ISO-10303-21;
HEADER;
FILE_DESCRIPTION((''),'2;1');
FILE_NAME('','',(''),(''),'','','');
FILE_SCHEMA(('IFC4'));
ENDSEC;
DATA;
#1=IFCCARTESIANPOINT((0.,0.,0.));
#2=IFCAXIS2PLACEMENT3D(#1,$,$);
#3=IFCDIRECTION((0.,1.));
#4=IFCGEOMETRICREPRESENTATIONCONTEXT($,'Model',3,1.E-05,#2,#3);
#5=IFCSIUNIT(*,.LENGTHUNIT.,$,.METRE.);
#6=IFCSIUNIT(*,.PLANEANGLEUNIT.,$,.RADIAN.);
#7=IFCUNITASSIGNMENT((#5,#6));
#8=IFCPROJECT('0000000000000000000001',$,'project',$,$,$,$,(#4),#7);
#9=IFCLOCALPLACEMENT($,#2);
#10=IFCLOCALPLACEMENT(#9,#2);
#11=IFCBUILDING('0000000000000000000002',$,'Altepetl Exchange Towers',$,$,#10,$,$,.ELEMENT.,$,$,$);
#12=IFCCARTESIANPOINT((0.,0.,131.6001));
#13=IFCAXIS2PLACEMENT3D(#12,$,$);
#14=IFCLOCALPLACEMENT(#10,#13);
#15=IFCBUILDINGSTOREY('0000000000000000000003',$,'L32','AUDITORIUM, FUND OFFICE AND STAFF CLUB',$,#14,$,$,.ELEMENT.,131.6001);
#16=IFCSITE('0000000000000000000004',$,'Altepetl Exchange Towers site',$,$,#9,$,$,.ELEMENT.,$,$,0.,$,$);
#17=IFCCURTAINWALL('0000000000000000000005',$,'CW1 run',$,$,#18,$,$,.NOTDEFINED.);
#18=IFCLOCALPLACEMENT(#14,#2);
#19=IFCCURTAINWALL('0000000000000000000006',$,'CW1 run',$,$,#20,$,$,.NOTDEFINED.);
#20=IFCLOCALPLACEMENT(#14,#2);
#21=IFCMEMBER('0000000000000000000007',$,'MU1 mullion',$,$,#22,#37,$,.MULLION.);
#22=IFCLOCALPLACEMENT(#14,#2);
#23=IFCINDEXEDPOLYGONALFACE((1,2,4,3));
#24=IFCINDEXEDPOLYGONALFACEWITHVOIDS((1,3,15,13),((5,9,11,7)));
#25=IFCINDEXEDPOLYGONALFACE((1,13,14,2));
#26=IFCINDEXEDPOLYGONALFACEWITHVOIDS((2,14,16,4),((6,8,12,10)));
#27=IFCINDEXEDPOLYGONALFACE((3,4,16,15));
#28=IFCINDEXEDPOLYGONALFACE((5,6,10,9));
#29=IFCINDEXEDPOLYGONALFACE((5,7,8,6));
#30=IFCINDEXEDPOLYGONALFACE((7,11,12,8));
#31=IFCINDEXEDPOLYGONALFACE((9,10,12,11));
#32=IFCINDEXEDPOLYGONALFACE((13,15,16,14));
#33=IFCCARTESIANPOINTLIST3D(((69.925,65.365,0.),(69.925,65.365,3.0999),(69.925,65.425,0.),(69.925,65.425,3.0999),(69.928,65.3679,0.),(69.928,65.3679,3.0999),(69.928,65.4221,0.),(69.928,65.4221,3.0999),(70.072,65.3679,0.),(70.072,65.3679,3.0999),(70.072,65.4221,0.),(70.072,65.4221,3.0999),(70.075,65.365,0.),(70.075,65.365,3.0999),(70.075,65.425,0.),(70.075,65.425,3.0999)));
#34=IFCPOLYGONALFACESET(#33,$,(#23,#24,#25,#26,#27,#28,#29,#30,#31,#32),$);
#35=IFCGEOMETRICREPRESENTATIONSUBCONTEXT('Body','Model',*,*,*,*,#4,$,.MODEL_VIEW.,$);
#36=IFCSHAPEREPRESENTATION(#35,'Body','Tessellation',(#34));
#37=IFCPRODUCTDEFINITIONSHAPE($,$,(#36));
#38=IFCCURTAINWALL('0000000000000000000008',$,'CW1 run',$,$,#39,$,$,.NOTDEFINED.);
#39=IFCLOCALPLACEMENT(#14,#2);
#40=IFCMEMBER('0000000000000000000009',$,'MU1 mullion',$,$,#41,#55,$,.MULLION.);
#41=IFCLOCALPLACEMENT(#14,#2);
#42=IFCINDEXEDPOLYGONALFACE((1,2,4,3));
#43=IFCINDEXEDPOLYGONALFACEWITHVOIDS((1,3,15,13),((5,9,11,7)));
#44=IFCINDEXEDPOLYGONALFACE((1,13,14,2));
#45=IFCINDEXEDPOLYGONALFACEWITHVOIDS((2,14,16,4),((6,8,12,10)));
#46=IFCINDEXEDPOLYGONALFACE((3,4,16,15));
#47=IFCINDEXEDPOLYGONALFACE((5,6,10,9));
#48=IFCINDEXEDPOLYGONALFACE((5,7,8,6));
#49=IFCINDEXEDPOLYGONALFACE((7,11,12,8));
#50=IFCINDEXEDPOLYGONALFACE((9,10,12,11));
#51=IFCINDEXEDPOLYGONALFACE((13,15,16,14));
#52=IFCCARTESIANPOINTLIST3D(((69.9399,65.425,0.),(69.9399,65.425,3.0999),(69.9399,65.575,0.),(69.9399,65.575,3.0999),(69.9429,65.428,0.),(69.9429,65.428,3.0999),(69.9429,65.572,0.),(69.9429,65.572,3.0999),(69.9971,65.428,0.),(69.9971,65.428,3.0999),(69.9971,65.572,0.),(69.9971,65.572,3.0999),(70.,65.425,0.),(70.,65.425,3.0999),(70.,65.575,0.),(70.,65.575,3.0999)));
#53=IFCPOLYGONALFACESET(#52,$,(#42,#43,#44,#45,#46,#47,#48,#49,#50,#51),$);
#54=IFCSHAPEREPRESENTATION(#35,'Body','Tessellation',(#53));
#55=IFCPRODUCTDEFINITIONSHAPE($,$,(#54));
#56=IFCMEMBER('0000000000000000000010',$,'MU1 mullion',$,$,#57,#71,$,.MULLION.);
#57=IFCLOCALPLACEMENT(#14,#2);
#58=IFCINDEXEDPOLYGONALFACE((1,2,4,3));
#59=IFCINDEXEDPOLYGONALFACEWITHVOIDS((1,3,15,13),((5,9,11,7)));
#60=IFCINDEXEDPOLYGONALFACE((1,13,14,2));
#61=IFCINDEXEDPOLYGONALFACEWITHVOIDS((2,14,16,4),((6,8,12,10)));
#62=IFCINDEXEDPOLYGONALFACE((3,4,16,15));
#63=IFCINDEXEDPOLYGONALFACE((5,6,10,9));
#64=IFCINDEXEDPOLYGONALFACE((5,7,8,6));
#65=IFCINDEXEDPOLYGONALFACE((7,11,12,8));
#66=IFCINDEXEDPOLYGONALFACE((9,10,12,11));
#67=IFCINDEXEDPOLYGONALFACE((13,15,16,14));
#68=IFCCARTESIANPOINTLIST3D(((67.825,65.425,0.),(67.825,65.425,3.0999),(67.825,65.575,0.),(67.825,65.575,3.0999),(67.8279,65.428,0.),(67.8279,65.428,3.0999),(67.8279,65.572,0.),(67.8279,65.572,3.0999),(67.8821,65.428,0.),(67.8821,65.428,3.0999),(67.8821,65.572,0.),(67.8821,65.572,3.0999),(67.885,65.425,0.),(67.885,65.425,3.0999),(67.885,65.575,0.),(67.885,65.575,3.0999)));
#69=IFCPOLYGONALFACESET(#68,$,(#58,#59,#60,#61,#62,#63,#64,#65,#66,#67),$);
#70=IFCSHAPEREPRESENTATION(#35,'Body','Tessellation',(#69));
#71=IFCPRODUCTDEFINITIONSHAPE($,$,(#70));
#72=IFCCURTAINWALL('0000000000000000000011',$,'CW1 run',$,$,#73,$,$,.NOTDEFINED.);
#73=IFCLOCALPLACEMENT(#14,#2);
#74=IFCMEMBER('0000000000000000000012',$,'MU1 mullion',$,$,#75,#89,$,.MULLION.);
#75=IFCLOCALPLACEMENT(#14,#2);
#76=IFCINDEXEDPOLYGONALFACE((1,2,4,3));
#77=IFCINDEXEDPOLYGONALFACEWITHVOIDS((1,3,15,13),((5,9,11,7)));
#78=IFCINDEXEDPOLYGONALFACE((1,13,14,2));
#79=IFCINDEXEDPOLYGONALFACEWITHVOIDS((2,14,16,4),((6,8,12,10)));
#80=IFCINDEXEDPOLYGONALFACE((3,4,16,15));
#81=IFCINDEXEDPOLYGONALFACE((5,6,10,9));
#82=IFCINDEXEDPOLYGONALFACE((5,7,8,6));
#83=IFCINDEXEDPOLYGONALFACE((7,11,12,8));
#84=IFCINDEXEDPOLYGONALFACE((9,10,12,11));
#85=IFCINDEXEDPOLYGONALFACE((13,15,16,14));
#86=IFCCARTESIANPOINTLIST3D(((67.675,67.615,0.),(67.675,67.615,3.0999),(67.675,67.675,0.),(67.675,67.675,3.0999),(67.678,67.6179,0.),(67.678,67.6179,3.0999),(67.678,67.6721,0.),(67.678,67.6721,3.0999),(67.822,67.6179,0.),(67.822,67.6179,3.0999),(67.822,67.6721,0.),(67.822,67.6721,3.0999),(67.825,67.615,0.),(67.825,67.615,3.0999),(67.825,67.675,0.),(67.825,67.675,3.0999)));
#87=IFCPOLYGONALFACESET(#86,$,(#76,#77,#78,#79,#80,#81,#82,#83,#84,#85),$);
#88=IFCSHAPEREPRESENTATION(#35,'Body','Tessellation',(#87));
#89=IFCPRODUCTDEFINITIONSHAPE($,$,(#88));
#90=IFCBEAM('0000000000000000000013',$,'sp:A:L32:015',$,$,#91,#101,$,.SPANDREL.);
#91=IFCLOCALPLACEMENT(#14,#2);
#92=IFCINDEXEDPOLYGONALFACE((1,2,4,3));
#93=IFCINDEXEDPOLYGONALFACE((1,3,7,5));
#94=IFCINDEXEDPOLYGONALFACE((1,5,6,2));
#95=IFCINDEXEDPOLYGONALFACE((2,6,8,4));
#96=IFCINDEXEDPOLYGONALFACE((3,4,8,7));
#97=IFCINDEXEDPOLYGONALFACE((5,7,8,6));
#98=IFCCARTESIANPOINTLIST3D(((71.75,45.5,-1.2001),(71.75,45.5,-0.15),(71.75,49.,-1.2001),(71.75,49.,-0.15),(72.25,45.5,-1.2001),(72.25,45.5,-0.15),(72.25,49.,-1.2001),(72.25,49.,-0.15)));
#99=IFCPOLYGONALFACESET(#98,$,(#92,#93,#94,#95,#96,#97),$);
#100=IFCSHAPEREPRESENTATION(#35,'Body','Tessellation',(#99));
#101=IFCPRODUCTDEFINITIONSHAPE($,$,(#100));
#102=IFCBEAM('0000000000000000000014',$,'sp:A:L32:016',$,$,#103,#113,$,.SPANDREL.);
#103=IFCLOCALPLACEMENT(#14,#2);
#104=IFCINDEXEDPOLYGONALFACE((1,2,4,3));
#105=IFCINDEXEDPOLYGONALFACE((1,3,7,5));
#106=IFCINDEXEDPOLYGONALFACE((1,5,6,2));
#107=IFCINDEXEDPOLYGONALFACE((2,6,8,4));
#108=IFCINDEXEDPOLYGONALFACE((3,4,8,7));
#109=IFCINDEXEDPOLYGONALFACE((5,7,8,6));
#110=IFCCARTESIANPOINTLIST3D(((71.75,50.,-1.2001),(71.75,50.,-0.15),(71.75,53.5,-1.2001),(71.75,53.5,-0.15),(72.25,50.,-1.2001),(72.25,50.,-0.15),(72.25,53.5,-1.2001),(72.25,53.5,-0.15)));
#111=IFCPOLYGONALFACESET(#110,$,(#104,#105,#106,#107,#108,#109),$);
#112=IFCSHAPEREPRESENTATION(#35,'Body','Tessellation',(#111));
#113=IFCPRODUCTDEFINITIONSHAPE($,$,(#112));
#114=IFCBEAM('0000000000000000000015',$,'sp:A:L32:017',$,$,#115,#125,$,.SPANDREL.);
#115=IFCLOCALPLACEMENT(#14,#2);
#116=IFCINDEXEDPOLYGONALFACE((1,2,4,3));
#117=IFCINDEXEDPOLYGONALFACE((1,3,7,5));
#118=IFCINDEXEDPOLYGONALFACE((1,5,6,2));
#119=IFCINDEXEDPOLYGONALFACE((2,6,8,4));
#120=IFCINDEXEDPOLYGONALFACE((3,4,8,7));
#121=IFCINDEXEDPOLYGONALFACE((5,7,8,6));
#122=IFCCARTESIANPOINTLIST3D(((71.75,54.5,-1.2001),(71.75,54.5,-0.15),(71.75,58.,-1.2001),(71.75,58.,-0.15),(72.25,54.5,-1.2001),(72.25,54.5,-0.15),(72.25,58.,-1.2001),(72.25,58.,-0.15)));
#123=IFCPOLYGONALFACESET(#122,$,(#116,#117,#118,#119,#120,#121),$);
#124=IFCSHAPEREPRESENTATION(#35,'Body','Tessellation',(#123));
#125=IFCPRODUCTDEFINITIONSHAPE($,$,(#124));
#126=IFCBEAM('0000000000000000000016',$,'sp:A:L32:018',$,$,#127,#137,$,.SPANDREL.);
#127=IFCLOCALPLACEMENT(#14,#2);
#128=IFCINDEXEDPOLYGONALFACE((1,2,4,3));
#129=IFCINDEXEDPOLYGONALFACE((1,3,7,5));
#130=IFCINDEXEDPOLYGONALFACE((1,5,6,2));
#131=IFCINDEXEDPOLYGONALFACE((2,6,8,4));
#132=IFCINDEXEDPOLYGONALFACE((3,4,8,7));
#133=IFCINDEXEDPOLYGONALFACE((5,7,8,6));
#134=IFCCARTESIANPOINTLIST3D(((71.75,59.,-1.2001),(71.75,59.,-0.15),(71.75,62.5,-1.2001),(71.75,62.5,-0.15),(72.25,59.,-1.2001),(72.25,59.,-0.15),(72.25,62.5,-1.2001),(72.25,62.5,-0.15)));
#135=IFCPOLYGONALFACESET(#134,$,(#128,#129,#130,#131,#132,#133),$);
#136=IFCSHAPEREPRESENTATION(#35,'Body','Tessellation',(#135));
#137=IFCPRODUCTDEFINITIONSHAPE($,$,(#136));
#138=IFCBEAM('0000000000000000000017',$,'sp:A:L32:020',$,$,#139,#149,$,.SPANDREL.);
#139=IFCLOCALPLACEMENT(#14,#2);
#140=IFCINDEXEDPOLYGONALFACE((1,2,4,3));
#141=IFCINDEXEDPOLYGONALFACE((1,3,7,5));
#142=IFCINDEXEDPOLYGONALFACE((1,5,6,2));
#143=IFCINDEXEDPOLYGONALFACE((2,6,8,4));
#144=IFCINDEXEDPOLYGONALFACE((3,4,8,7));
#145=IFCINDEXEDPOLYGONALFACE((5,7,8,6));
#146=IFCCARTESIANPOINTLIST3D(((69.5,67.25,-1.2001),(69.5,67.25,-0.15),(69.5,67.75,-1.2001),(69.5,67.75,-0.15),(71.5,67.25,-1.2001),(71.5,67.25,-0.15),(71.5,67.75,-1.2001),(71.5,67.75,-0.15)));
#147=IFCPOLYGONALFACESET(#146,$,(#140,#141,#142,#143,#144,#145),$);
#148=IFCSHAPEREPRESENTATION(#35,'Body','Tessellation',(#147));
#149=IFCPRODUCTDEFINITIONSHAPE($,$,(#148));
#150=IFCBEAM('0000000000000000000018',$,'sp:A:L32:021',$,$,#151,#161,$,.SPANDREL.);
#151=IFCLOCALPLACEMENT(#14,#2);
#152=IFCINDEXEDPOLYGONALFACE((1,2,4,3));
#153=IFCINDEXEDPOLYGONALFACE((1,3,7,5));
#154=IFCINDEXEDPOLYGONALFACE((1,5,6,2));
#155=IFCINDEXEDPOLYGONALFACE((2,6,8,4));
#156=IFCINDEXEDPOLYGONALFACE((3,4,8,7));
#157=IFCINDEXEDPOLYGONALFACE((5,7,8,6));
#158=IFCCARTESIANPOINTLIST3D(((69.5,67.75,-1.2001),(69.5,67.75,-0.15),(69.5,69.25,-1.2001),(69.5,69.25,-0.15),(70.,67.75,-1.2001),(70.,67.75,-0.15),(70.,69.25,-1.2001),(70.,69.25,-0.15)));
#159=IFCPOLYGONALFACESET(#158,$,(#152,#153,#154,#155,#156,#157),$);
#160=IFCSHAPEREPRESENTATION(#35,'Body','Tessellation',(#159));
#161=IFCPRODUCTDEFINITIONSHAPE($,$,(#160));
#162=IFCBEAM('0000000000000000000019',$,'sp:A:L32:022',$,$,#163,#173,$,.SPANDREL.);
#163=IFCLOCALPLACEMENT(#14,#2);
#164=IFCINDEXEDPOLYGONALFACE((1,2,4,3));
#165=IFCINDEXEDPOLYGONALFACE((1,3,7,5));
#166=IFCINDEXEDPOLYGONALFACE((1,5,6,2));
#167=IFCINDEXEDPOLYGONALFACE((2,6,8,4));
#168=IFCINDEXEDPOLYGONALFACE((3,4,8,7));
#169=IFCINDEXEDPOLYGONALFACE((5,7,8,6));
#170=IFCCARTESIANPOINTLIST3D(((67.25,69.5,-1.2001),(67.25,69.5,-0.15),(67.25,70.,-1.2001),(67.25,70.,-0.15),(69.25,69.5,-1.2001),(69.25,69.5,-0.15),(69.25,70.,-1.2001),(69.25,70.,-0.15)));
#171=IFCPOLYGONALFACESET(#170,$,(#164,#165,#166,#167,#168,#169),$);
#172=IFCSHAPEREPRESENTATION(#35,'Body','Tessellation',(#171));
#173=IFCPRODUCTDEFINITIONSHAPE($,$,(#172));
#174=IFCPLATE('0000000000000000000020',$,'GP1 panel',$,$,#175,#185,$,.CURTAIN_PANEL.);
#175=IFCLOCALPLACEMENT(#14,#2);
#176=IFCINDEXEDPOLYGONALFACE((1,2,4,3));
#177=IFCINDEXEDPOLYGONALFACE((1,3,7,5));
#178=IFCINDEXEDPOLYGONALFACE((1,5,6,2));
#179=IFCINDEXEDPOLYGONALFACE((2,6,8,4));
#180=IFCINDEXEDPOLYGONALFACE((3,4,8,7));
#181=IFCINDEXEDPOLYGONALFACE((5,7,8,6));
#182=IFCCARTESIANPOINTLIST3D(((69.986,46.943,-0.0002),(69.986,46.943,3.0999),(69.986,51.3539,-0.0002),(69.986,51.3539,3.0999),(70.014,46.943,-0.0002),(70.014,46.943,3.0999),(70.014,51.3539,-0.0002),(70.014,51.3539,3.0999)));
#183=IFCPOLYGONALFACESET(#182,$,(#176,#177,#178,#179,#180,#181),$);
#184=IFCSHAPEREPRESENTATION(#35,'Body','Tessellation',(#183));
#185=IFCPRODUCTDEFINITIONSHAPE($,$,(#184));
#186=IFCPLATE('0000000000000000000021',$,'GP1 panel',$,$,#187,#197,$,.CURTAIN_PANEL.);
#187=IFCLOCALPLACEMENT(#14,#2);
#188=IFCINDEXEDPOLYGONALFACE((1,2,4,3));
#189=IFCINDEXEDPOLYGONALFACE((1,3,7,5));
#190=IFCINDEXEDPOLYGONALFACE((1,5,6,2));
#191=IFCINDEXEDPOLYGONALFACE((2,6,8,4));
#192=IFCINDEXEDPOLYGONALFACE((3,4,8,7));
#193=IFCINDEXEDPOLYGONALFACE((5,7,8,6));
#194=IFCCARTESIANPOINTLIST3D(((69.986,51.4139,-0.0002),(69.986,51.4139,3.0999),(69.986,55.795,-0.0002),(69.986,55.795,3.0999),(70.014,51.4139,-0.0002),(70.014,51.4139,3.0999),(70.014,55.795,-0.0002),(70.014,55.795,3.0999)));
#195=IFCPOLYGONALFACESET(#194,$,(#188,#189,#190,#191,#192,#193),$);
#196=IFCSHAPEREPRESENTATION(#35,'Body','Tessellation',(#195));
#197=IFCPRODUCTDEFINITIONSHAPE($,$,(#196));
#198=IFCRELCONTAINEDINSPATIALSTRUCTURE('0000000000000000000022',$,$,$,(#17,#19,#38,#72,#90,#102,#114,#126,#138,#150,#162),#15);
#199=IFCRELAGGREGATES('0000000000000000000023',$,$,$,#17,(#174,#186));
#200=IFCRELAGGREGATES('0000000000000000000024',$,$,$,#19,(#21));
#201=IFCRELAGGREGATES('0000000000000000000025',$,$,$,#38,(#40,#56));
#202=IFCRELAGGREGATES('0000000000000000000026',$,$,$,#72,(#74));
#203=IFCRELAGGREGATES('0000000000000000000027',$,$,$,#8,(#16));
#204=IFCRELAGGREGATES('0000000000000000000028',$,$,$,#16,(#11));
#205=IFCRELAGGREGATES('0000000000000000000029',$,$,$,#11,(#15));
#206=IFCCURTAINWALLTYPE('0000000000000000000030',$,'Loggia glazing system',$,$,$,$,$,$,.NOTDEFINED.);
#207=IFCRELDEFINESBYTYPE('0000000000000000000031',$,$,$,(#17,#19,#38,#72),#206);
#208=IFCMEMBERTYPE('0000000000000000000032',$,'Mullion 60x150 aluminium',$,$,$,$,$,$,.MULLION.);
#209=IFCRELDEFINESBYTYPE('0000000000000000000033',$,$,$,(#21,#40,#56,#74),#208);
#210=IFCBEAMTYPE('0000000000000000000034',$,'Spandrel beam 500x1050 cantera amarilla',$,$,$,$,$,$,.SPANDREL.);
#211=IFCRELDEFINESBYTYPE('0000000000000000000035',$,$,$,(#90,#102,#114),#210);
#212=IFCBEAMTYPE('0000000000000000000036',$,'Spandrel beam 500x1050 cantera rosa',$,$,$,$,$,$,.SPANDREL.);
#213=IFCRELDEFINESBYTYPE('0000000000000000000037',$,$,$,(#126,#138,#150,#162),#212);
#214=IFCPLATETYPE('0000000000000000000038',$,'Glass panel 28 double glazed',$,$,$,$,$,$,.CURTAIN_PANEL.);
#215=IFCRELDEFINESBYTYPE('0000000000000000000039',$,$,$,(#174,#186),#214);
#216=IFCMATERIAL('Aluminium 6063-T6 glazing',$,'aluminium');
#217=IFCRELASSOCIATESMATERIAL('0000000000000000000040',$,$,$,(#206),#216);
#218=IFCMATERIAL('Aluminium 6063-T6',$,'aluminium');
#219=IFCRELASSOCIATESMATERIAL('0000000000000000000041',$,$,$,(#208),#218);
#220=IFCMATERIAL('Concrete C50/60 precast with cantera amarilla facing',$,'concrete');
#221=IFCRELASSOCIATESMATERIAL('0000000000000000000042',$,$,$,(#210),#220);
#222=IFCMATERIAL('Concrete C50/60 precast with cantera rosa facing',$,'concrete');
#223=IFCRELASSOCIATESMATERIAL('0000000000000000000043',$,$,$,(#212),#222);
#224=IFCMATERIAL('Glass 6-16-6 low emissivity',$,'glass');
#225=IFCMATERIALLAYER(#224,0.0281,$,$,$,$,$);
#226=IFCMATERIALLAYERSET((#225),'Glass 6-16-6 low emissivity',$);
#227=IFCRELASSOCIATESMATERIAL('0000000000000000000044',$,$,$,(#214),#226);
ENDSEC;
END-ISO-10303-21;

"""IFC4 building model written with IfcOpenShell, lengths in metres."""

from ifc_helpers import new_model, si_unit, direction, frame, origin, origin_2d, place, context, subcontext, project, spatial, rectangle, hollow_rectangle, extrude, material, layer, layer_set, material_profile, profile_set, type_object, element, aggregate, save


model = new_model("IFC4")

# Units and contexts
model_context = context("Model", 3, precision=1e-05, world=origin(), true_north=direction((0.0, 1.0)))
body_context = subcontext(model_context, "Body", "Model", "MODEL_VIEW")
ifc_project = project(units=[si_unit("LENGTHUNIT", "METRE"), si_unit("PLANEANGLEUNIT", "RADIAN")], contexts=[model_context])

# Site, building, storey
site_placement = place(None, origin())
site = spatial("IfcSite", under=ifc_project, at=site_placement, Name="Altepetl Exchange Towers site", CompositionType="ELEMENT", RefElevation=0.0)
building_placement = place(site_placement, origin())
building = spatial("IfcBuilding", under=site, at=building_placement, Name="Altepetl Exchange Towers", CompositionType="ELEMENT")
storey_placement = place(building_placement, frame((0.0, 0.0, 131.6001)))
storey = spatial("IfcBuildingStorey", under=building, at=storey_placement, Name="L32", Description="AUDITORIUM, FUND OFFICE AND STAFF CLUB", CompositionType="ELEMENT", Elevation=131.6001)

# Curtain walls, members
ifc_material_1 = material(Name="Aluminium 6063-T6 glazing", Category="aluminium")
curtain_wall_type = type_object("IfcCurtainWallType", Name="Loggia glazing system", PredefinedType="NOTDEFINED", material=ifc_material_1)
curtain_wall_1_placement = place(storey_placement, origin())
curtain_wall_1 = element("IfcCurtainWall", 1, at=curtain_wall_1_placement, inside=storey, type_object=curtain_wall_type, Name="CW1 run", PredefinedType="NOTDEFINED")
ifc_material_2 = material(Name="Aluminium 6063-T6", Category="aluminium")
ifc_material_profile_1 = material_profile(ifc_material_2, hollow_rectangle(XDim=0.0601, YDim=0.1499, WallThickness=0.0029, at=origin_2d()), Name="Mullion 60x150 aluminium")
ifc_profile_set_1 = profile_set([ifc_material_profile_1], Name="Aluminium 6063-T6")
member_type = type_object("IfcMemberType", Name="Mullion 60x150 aluminium", PredefinedType="MULLION", material=ifc_profile_set_1)
curtain_wall_2_placement = place(storey_placement, origin())
curtain_wall_2 = element("IfcCurtainWall", 2, at=curtain_wall_2_placement, inside=storey, type_object=curtain_wall_type, Name="CW1 run", PredefinedType="NOTDEFINED")
member_1_placement = place(storey_placement, frame((70.0, 65.395, 0.0), z_axis=(0.0, 0.0, 1.0), x_axis=(0.0, 1.0, 0.0)))
member_1 = element("IfcMember", 3, at=member_1_placement, type_object=member_type, Name="MU1 mullion", PredefinedType="MULLION", context=body_context, shape_type="SweptSolid", body=[
    extrude(hollow_rectangle(XDim=0.0601, YDim=0.1499, WallThickness=0.0029, at=origin_2d()), origin(), (0.0, 0.0, 1.0), 3.0999),
])
curtain_wall_3_placement = place(storey_placement, origin())
curtain_wall_3 = element("IfcCurtainWall", 4, at=curtain_wall_3_placement, inside=storey, type_object=curtain_wall_type, Name="CW1 run", PredefinedType="NOTDEFINED")
member_2_placement = place(storey_placement, frame((69.97, 65.5, 0.0), z_axis=(0.0, 0.0, 1.0), x_axis=(-1.0, 0.0, 0.0)))
member_2 = element("IfcMember", 5, at=member_2_placement, type_object=member_type, Name="MU1 mullion", PredefinedType="MULLION", context=body_context, shape_type="SweptSolid", body=[
    extrude(hollow_rectangle(XDim=0.0601, YDim=0.1499, WallThickness=0.0029, at=origin_2d()), origin(), (0.0, 0.0, 1.0), 3.0999),
])
member_3_placement = place(storey_placement, frame((67.855, 65.5, 0.0), z_axis=(0.0, 0.0, 1.0), x_axis=(-1.0, 0.0, 0.0)))
member_3 = element("IfcMember", 6, at=member_3_placement, type_object=member_type, Name="MU1 mullion", PredefinedType="MULLION", context=body_context, shape_type="SweptSolid", body=[
    extrude(hollow_rectangle(XDim=0.0601, YDim=0.1499, WallThickness=0.0029, at=origin_2d()), origin(), (0.0, 0.0, 1.0), 3.0999),
])

# Curtain wall, member
curtain_wall_4_placement = place(storey_placement, origin())
curtain_wall_4 = element("IfcCurtainWall", 7, at=curtain_wall_4_placement, inside=storey, type_object=curtain_wall_type, Name="CW1 run", PredefinedType="NOTDEFINED")
member_4_placement = place(storey_placement, frame((67.75, 67.645, 0.0), z_axis=(0.0, 0.0, 1.0), x_axis=(0.0, 1.0, 0.0)))
member_4 = element("IfcMember", 8, at=member_4_placement, type_object=member_type, Name="MU1 mullion", PredefinedType="MULLION", context=body_context, shape_type="SweptSolid", body=[
    extrude(hollow_rectangle(XDim=0.0601, YDim=0.1499, WallThickness=0.0029, at=origin_2d()), origin(), (0.0, 0.0, 1.0), 3.0999),
])

# Beams
ifc_material_3 = material(Name="Concrete C50/60 precast with cantera amarilla facing", Category="concrete")
ifc_material_profile_2 = material_profile(ifc_material_3, rectangle(XDim=0.5, YDim=1.05, at=origin_2d()), Name="500 x 1050")
ifc_profile_set_2 = profile_set([ifc_material_profile_2], Name="Concrete C50/60 precast with cantera amarilla facing")
beam_type_1 = type_object("IfcBeamType", Name="Spandrel beam 500x1050 cantera amarilla", PredefinedType="SPANDREL", material=ifc_profile_set_2)
for number, where, z_axis, x_axis, name in (
    (9, (72.0, 45.5, -0.675), (0.0, 1.0, 0.0), (-1.0, 0.0, 0.0), "sp:A:L32:015"),
    (10, (72.0, 50.0, -0.675), (0.0, 1.0, 0.0), (-1.0, 0.0, 0.0), "sp:A:L32:016"),
    (11, (72.0, 54.5, -0.675), (0.0, 1.0, 0.0), (-1.0, 0.0, 0.0), "sp:A:L32:017"),
):
    element("IfcBeam", number, at=place(storey_placement, frame(where, z_axis=z_axis, x_axis=x_axis)), inside=storey, type_object=beam_type_1, Name=name, PredefinedType="SPANDREL", context=body_context, shape_type="SweptSolid", body=[
        extrude(rectangle(XDim=0.5, YDim=1.05, at=origin_2d()), origin(), (0.0, 0.0, 1.0), 3.5),
    ])
ifc_material_4 = material(Name="Concrete C50/60 precast with cantera rosa facing", Category="concrete")
ifc_material_profile_3 = material_profile(ifc_material_4, rectangle(XDim=0.5, YDim=1.05, at=origin_2d()), Name="500 x 1050")
ifc_profile_set_3 = profile_set([ifc_material_profile_3], Name="Concrete C50/60 precast with cantera rosa facing")
beam_type_2 = type_object("IfcBeamType", Name="Spandrel beam 500x1050 cantera rosa", PredefinedType="SPANDREL", material=ifc_profile_set_3)
beam_1_placement = place(storey_placement, frame((72.0, 59.0, -0.675), z_axis=(0.0, 1.0, 0.0), x_axis=(-1.0, 0.0, 0.0)))
element("IfcBeam", 12, at=beam_1_placement, inside=storey, type_object=beam_type_2, Name="sp:A:L32:018", PredefinedType="SPANDREL", context=body_context, shape_type="SweptSolid", body=[
    extrude(rectangle(XDim=0.5, YDim=1.05, at=origin_2d()), origin(), (0.0, 0.0, 1.0), 3.5),
])
beam_2_placement = place(storey_placement, frame((71.5, 67.5, -0.675), z_axis=(-1.0, 0.0, 0.0), x_axis=(0.0, -1.0, 0.0)))
element("IfcBeam", 13, at=beam_2_placement, inside=storey, type_object=beam_type_2, Name="sp:A:L32:020", PredefinedType="SPANDREL", context=body_context, shape_type="SweptSolid", body=[
    extrude(rectangle(XDim=0.5, YDim=1.05, at=origin_2d()), origin(), (0.0, 0.0, 1.0), 2.0),
])
beam_3_placement = place(storey_placement, frame((69.75, 67.75, -0.675), z_axis=(0.0, 1.0, 0.0), x_axis=(-1.0, 0.0, 0.0)))
element("IfcBeam", 14, at=beam_3_placement, inside=storey, type_object=beam_type_2, Name="sp:A:L32:021", PredefinedType="SPANDREL", context=body_context, shape_type="SweptSolid", body=[
    extrude(rectangle(XDim=0.5, YDim=1.05, at=origin_2d()), origin(), (0.0, 0.0, 1.0), 1.5),
])
beam_4_placement = place(storey_placement, frame((69.25, 69.75, -0.675), z_axis=(-1.0, 0.0, 0.0), x_axis=(0.0, -1.0, 0.0)))
element("IfcBeam", 15, at=beam_4_placement, inside=storey, type_object=beam_type_2, Name="sp:A:L32:022", PredefinedType="SPANDREL", context=body_context, shape_type="SweptSolid", body=[
    extrude(rectangle(XDim=0.5, YDim=1.05, at=origin_2d()), origin(), (0.0, 0.0, 1.0), 2.0),
])

# Plates
ifc_material_5 = material(Name="Glass 6-16-6 low emissivity", Category="glass")
ifc_layer_1 = layer(ifc_material_5, 0.0281)
ifc_layer_set_1 = layer_set([ifc_layer_1], Name="Glass 6-16-6 low emissivity")
plate_type = type_object("IfcPlateType", Name="Glass panel 28 double glazed", PredefinedType="CURTAIN_PANEL", material=ifc_layer_set_1)
plate_1_placement = place(storey_placement, frame((70.0, 49.1484, -0.0002), z_axis=(0.0, 0.0, 1.0), x_axis=(0.0, 1.0, 0.0)))
plate_1 = element("IfcPlate", 16, at=plate_1_placement, type_object=plate_type, Name="GP1 panel", PredefinedType="CURTAIN_PANEL", context=body_context, shape_type="SweptSolid", body=[
    extrude(rectangle(XDim=4.4109, YDim=0.0281, at=origin_2d()), origin(), (0.0, 0.0, 1.0), 3.1001),
])
plate_2_placement = place(storey_placement, frame((70.0, 53.6045, -0.0002), z_axis=(0.0, 0.0, 1.0), x_axis=(0.0, 1.0, 0.0)))
plate_2 = element("IfcPlate", 17, at=plate_2_placement, type_object=plate_type, Name="GP1 panel", PredefinedType="CURTAIN_PANEL", context=body_context, shape_type="SweptSolid", body=[
    extrude(rectangle(XDim=4.3811, YDim=0.0281, at=origin_2d()), origin(), (0.0, 0.0, 1.0), 3.1001),
])
aggregate(curtain_wall_1, [plate_1, plate_2])
aggregate(curtain_wall_2, [member_1])
aggregate(curtain_wall_3, [member_2, member_3])
aggregate(curtain_wall_4, [member_4])

save(model, "model.ifc")
